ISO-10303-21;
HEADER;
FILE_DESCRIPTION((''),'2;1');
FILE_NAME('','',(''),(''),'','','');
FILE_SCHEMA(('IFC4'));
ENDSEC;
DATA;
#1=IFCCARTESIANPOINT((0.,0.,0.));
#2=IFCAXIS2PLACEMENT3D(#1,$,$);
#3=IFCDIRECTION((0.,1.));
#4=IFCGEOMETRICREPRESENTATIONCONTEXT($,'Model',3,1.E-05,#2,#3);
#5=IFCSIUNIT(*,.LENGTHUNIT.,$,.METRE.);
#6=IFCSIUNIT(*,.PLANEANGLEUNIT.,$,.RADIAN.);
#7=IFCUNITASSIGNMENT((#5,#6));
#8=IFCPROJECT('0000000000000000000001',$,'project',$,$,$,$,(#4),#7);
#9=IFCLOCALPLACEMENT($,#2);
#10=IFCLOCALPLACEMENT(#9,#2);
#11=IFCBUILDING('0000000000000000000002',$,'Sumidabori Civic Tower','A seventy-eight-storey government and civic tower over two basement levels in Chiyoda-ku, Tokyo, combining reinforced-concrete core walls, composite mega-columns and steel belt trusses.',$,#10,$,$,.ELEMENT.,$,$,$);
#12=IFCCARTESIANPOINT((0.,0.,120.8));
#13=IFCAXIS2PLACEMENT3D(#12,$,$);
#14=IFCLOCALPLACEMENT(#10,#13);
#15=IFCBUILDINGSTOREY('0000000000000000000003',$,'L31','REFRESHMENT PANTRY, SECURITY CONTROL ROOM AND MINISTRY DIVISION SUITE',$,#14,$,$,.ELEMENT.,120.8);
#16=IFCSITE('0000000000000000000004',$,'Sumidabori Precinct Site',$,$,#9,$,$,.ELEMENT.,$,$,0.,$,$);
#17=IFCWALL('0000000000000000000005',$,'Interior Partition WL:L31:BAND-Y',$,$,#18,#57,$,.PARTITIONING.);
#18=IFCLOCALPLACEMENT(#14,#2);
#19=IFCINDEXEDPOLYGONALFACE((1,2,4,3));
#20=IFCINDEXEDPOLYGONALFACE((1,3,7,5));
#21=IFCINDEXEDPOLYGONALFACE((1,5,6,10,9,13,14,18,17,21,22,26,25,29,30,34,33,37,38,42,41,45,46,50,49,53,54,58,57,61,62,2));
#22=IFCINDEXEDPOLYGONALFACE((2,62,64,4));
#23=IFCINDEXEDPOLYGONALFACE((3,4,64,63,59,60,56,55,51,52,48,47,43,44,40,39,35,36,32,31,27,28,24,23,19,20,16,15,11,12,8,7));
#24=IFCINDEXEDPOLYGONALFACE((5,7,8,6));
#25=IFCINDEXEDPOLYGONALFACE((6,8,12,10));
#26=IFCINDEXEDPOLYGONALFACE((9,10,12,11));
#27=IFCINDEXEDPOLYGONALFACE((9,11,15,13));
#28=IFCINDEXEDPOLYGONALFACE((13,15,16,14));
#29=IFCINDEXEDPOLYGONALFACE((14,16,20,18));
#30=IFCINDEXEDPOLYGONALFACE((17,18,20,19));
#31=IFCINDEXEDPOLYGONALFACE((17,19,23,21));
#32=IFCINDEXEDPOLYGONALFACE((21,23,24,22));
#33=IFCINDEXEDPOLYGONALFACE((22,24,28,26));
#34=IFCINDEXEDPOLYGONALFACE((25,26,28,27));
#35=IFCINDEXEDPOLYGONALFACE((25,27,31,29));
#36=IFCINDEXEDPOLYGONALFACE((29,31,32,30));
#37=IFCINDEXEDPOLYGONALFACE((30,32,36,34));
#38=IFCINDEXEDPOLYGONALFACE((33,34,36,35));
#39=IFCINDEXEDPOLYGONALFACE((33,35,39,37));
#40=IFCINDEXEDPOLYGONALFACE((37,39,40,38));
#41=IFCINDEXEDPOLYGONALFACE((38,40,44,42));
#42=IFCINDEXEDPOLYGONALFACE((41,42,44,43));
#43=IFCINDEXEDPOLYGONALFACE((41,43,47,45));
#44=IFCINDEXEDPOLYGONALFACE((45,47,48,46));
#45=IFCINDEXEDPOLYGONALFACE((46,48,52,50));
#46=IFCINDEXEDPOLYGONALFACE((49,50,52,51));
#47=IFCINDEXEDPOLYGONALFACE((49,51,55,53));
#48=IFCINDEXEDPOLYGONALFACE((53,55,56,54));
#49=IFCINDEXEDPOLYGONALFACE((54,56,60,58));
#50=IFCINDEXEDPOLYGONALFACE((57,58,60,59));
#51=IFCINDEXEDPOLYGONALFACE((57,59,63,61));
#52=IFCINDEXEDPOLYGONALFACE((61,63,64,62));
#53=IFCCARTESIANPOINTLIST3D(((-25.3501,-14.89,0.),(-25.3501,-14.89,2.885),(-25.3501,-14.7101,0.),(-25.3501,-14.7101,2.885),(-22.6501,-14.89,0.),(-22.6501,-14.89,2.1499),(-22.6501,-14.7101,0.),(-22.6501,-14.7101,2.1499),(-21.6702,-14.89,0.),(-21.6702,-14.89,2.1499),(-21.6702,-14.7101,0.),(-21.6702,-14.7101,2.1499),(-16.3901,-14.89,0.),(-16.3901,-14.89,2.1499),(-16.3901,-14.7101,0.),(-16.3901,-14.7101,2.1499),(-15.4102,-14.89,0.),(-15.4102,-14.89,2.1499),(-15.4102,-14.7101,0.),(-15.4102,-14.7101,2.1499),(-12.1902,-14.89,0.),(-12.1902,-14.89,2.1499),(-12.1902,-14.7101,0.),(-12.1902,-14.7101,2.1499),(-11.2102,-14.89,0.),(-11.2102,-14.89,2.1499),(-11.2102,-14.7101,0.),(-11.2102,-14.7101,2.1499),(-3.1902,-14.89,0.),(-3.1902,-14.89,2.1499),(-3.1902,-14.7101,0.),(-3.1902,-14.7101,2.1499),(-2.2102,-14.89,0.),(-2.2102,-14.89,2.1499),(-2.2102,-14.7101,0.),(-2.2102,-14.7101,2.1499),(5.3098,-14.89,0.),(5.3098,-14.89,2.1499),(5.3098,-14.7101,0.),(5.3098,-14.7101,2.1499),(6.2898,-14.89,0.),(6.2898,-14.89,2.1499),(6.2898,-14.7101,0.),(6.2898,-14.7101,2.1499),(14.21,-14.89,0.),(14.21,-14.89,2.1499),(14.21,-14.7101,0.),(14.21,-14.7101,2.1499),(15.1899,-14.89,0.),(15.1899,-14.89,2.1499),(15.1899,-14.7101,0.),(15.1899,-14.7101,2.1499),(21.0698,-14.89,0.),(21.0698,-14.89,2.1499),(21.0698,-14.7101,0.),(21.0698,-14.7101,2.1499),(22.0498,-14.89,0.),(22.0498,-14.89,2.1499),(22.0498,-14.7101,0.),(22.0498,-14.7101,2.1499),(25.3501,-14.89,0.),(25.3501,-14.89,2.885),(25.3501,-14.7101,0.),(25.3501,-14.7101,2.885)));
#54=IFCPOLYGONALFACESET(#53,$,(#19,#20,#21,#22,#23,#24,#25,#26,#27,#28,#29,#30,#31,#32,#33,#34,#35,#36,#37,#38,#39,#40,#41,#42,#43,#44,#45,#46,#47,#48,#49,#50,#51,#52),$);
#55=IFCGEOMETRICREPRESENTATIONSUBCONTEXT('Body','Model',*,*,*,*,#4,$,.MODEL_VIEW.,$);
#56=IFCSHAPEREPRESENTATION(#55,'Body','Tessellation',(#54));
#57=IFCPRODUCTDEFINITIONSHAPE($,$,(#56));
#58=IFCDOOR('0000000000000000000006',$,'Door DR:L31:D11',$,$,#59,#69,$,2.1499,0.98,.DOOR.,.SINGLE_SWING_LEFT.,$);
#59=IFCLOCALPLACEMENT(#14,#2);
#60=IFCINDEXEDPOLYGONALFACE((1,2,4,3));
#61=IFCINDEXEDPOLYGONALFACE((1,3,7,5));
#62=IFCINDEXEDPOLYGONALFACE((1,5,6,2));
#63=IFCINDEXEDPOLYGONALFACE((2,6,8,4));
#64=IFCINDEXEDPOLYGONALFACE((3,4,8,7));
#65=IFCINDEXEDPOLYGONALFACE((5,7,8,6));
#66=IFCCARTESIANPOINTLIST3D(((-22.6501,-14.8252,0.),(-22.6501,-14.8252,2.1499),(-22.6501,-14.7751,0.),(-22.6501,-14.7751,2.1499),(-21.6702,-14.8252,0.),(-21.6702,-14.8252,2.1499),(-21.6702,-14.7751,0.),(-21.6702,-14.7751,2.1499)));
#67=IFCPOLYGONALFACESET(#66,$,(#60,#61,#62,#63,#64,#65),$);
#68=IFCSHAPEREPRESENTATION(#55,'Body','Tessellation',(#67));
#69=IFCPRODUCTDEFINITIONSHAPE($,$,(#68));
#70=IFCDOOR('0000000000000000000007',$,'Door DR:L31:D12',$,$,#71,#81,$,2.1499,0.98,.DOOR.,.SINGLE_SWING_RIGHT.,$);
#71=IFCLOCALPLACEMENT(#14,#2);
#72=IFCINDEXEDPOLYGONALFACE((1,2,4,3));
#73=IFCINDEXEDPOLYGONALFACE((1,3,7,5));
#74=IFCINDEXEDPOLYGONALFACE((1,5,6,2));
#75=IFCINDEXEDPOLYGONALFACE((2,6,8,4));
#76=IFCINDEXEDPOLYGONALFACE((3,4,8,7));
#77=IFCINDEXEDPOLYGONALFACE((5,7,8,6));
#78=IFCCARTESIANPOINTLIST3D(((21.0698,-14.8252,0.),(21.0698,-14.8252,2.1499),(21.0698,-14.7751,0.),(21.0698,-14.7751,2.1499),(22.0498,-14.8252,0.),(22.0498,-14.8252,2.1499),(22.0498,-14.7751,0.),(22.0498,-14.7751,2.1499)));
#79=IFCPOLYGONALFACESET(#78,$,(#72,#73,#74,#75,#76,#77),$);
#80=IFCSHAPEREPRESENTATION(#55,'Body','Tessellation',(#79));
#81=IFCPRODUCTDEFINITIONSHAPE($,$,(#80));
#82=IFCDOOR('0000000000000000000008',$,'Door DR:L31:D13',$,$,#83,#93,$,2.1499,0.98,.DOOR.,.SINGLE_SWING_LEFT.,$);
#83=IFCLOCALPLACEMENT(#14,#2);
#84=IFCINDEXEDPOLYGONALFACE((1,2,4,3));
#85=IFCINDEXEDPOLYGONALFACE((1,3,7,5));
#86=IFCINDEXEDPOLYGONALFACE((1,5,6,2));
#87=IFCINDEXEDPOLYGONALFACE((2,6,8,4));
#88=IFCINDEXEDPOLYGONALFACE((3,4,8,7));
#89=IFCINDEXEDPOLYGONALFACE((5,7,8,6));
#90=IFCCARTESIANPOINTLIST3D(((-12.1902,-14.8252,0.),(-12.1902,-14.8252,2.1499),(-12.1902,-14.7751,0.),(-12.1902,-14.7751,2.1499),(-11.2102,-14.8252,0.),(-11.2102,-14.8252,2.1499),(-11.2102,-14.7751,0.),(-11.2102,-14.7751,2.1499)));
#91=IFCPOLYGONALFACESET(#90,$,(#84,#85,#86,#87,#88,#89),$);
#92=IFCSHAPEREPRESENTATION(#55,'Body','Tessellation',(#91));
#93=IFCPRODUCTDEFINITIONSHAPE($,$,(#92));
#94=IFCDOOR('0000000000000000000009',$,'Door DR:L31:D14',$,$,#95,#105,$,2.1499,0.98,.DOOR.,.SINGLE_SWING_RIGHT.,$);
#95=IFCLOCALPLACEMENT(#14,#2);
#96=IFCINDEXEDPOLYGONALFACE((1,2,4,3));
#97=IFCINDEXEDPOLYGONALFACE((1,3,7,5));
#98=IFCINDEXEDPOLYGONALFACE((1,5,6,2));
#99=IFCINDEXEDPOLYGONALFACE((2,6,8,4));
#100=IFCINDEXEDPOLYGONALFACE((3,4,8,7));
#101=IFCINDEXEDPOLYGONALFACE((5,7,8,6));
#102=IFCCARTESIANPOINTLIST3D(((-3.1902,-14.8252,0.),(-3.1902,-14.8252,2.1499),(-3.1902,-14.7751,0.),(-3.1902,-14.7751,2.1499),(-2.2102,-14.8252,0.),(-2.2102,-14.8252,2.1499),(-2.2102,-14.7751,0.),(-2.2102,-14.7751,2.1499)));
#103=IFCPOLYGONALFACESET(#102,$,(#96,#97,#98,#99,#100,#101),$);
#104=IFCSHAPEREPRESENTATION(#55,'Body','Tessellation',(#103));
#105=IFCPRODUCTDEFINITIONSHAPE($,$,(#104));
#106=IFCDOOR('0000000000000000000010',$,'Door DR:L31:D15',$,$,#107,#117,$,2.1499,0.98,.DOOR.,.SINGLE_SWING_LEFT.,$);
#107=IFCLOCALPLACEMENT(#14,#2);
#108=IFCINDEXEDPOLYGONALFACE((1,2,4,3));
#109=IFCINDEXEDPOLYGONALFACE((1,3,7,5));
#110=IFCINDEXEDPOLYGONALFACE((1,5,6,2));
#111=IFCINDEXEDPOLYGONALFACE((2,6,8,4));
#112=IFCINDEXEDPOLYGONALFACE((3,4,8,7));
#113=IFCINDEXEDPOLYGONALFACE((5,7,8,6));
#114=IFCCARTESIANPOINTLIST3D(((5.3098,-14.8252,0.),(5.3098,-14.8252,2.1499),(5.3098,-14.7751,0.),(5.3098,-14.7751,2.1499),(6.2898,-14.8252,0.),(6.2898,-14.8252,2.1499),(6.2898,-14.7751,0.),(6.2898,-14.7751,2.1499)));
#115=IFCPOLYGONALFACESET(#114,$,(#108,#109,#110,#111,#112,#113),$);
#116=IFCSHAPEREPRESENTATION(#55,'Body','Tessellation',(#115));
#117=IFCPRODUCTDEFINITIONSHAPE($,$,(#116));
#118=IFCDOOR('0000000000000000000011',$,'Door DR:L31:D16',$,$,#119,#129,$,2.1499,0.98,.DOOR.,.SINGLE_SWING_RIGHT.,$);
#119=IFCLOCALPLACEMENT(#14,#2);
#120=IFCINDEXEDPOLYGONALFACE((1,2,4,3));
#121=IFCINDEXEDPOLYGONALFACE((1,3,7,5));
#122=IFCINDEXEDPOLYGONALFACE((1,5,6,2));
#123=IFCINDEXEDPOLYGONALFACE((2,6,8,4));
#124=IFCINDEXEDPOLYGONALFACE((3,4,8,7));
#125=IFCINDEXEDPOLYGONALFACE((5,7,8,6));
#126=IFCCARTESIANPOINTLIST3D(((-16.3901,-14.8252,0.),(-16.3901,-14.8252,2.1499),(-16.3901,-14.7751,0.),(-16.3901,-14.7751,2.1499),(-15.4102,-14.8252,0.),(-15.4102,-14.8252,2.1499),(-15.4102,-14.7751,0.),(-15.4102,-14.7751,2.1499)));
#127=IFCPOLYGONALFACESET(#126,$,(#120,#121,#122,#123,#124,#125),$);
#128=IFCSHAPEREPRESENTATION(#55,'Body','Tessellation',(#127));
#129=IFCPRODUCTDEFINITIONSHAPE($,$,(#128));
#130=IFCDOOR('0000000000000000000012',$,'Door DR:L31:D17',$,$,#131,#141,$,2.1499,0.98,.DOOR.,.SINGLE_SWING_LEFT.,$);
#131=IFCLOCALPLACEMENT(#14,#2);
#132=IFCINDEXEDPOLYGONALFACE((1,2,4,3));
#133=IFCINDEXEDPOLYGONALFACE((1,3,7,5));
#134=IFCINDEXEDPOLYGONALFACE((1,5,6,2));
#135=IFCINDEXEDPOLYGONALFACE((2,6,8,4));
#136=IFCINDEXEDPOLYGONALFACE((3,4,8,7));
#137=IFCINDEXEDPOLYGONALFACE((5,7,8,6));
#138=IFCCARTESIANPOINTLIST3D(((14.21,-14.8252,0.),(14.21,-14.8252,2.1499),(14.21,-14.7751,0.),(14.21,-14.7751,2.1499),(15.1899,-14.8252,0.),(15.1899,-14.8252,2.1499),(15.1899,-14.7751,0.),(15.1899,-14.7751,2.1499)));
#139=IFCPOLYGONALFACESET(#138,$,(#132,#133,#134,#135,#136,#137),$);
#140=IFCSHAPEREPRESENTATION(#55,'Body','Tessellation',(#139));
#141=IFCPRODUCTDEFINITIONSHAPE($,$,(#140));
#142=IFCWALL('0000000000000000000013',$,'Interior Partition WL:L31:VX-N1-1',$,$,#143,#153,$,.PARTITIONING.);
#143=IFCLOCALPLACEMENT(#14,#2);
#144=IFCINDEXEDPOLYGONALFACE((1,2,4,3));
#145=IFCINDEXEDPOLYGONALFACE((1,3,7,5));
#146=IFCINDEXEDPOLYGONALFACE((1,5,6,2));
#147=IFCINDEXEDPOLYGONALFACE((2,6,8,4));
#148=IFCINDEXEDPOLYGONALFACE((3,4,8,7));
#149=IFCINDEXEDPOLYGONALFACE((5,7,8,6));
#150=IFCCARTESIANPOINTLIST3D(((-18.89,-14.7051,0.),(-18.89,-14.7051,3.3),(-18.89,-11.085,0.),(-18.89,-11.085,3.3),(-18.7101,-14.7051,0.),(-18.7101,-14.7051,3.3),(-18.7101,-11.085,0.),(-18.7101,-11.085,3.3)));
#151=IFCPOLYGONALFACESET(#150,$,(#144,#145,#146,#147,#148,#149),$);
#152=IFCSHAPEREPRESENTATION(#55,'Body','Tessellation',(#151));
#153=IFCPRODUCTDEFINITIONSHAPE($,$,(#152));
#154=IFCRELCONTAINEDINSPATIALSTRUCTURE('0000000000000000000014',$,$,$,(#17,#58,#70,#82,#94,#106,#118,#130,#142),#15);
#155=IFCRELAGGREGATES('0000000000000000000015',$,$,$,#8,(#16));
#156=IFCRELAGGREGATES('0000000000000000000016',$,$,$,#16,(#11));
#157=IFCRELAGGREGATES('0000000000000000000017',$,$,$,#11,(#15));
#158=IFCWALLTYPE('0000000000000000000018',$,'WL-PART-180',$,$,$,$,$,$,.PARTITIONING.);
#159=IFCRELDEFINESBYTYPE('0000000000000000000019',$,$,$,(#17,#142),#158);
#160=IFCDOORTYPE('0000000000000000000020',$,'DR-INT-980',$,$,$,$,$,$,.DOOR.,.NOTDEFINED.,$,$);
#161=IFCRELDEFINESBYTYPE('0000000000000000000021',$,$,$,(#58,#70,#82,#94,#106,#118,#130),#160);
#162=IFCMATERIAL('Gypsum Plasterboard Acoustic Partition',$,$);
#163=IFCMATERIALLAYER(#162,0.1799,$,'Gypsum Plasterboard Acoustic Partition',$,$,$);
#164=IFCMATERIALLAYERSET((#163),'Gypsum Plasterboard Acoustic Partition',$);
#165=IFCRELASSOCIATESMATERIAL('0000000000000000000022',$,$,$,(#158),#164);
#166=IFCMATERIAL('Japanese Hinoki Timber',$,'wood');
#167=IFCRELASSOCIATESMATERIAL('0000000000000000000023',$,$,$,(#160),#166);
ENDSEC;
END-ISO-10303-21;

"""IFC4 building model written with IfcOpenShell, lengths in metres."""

from ifc_helpers import new_model, si_unit, direction, frame, frame_2d, origin, place, context, subcontext, project, spatial, rectangle, extrude, source, transform, mapped, material, layer, layer_set, type_object, element, fill, save


model = new_model("IFC4")

# Units and contexts
model_context = context("Model", 3, precision=1e-05, world=origin(), true_north=direction((0.0, 1.0)))
body_context = subcontext(model_context, "Body", "Model", "MODEL_VIEW")
ifc_project = project(units=[si_unit("LENGTHUNIT", "METRE"), si_unit("PLANEANGLEUNIT", "RADIAN")], contexts=[model_context])

# Site, building, storey
site_placement = place(None, origin())
site = spatial("IfcSite", under=ifc_project, at=site_placement, Name="Sumidabori Precinct Site", CompositionType="ELEMENT", RefElevation=0.0)
building_placement = place(site_placement, origin())
building = spatial("IfcBuilding", under=site, at=building_placement, Name="Sumidabori Civic Tower", Description="A seventy-eight-storey government and civic tower over two basement levels in Chiyoda-ku, Tokyo, combining reinforced-concrete core walls, composite mega-columns and steel belt trusses.", CompositionType="ELEMENT")
storey_placement = place(building_placement, frame((0.0, 0.0, 120.8)))
storey = spatial("IfcBuildingStorey", under=building, at=storey_placement, Name="L31", Description="REFRESHMENT PANTRY, SECURITY CONTROL ROOM AND MINISTRY DIVISION SUITE", CompositionType="ELEMENT", Elevation=120.8)

# Wall, openings, doors
ifc_material_1 = material(Name="Gypsum Plasterboard Acoustic Partition")
ifc_layer_1 = layer(ifc_material_1, 0.1799, Name="Gypsum Plasterboard Acoustic Partition")
ifc_layer_set_1 = layer_set([ifc_layer_1], Name="Gypsum Plasterboard Acoustic Partition")
wall_type_1 = type_object("IfcWallType", Name="WL-PART-180", PredefinedType="PARTITIONING", material=ifc_layer_set_1)
shared_shape_1 = source(origin(), body_context, "Body", "SweptSolid", [
    extrude(rectangle(XDim=50.7002, YDim=0.1799, at=frame_2d((25.3501, 0.0))), origin(), (0.0, 0.0, 1.0), 2.885),
])
wall_1_placement = place(storey_placement, frame((-25.3501, -14.8, 0.0), z_axis=(0.0, 0.0, 1.0), x_axis=(1.0, 0.0, 0.0)))
wall_1 = element("IfcWall", 1, at=wall_1_placement, inside=storey, type_object=wall_type_1, Name="Interior Partition WL:L31:BAND-Y", PredefinedType="PARTITIONING", context=body_context, shape_type="MappedRepresentation", body=[
    mapped(shared_shape_1, transform((0.0, 0.0, 0.0), x_axis=(1.0, 0.0, 0.0), y_axis=(0.0, 1.0, 0.0), z_axis=(0.0, 0.0, 1.0), scale=1.0)),
])
opening_1_placement = place(wall_1_placement, frame((2.7, 0.0, 0.0)))
opening_1 = element("IfcOpeningElement", 2, at=opening_1_placement, cuts=wall_1, PredefinedType="OPENING", context=body_context, shape_type="SweptSolid", body=[
    extrude(rectangle(XDim=0.98, YDim=2.1499, at=frame_2d((0.49, 1.075))), frame((0.0, 0.1021, 0.0), z_axis=(0.0, -1.0, 0.0), x_axis=(1.0, 0.0, 0.0)), (0.0, 0.0, 1.0), 0.2039),
])
opening_2_placement = place(wall_1_placement, frame((46.4199, 0.0, 0.0)))
opening_2 = element("IfcOpeningElement", 3, at=opening_2_placement, cuts=wall_1, PredefinedType="OPENING", context=body_context, shape_type="SweptSolid", body=[
    extrude(rectangle(XDim=0.98, YDim=2.1499, at=frame_2d((0.49, 1.075))), frame((0.0, 0.1021, 0.0), z_axis=(0.0, -1.0, 0.0), x_axis=(1.0, 0.0, 0.0)), (0.0, 0.0, 1.0), 0.2039),
])
opening_3_placement = place(wall_1_placement, frame((13.1599, 0.0, 0.0)))
opening_3 = element("IfcOpeningElement", 4, at=opening_3_placement, cuts=wall_1, PredefinedType="OPENING", context=body_context, shape_type="SweptSolid", body=[
    extrude(rectangle(XDim=0.98, YDim=2.1499, at=frame_2d((0.49, 1.075))), frame((0.0, 0.1021, 0.0), z_axis=(0.0, -1.0, 0.0), x_axis=(1.0, 0.0, 0.0)), (0.0, 0.0, 1.0), 0.2039),
])
opening_4_placement = place(wall_1_placement, frame((22.1599, 0.0, 0.0)))
opening_4 = element("IfcOpeningElement", 5, at=opening_4_placement, cuts=wall_1, PredefinedType="OPENING", context=body_context, shape_type="SweptSolid", body=[
    extrude(rectangle(XDim=0.98, YDim=2.1499, at=frame_2d((0.49, 1.075))), frame((0.0, 0.1021, 0.0), z_axis=(0.0, -1.0, 0.0), x_axis=(1.0, 0.0, 0.0)), (0.0, 0.0, 1.0), 0.2039),
])
opening_5_placement = place(wall_1_placement, frame((30.6599, 0.0, 0.0)))
opening_5 = element("IfcOpeningElement", 6, at=opening_5_placement, cuts=wall_1, PredefinedType="OPENING", context=body_context, shape_type="SweptSolid", body=[
    extrude(rectangle(XDim=0.98, YDim=2.1499, at=frame_2d((0.49, 1.075))), frame((0.0, 0.1021, 0.0), z_axis=(0.0, -1.0, 0.0), x_axis=(1.0, 0.0, 0.0)), (0.0, 0.0, 1.0), 0.2039),
])
opening_6_placement = place(wall_1_placement, frame((8.96, 0.0, 0.0)))
opening_6 = element("IfcOpeningElement", 7, at=opening_6_placement, cuts=wall_1, PredefinedType="OPENING", context=body_context, shape_type="SweptSolid", body=[
    extrude(rectangle(XDim=0.98, YDim=2.1499, at=frame_2d((0.49, 1.075))), frame((0.0, 0.1021, 0.0), z_axis=(0.0, -1.0, 0.0), x_axis=(1.0, 0.0, 0.0)), (0.0, 0.0, 1.0), 0.2039),
])
opening_7_placement = place(wall_1_placement, frame((39.5601, 0.0, 0.0)))
opening_7 = element("IfcOpeningElement", 8, at=opening_7_placement, cuts=wall_1, PredefinedType="OPENING", context=body_context, shape_type="SweptSolid", body=[
    extrude(rectangle(XDim=0.98, YDim=2.1499, at=frame_2d((0.49, 1.075))), frame((0.0, 0.1021, 0.0), z_axis=(0.0, -1.0, 0.0), x_axis=(1.0, 0.0, 0.0)), (0.0, 0.0, 1.0), 0.2039),
])
ifc_material_2 = material(Name="Japanese Hinoki Timber", Category="wood")
door_type = type_object("IfcDoorType", Name="DR-INT-980", OperationType="NOTDEFINED", PredefinedType="DOOR", material=ifc_material_2)
shared_shape_2 = source(origin(), body_context, "Body", "SweptSolid", [
    extrude(rectangle(XDim=0.98, YDim=2.1499, at=frame_2d((0.49, 1.075))), frame((0.0, 0.0249, 0.0), z_axis=(0.0, -1.0, 0.0), x_axis=(1.0, 0.0, 0.0)), (0.0, 0.0, 1.0), 0.05),
])
door_1_placement = place(opening_1_placement, origin())
door_1 = element("IfcDoor", 9, at=door_1_placement, inside=storey, type_object=door_type, Name="Door DR:L31:D11", OperationType="SINGLE_SWING_LEFT", OverallHeight=2.1499, OverallWidth=0.98, PredefinedType="DOOR", context=body_context, shape_type="MappedRepresentation", body=[
    mapped(shared_shape_2, transform((0.0, 0.0, 0.0), x_axis=(1.0, 0.0, 0.0), y_axis=(0.0, 1.0, 0.0), z_axis=(0.0, 0.0, 1.0), scale=1.0)),
])
fill(opening_1, door_1)
door_2_placement = place(opening_2_placement, origin())
door_2 = element("IfcDoor", 10, at=door_2_placement, inside=storey, type_object=door_type, Name="Door DR:L31:D12", OperationType="SINGLE_SWING_RIGHT", OverallHeight=2.1499, OverallWidth=0.98, PredefinedType="DOOR", context=body_context, shape_type="MappedRepresentation", body=[
    mapped(shared_shape_2, transform((0.0, 0.0, 0.0), x_axis=(1.0, 0.0, 0.0), y_axis=(0.0, 1.0, 0.0), z_axis=(0.0, 0.0, 1.0), scale=1.0)),
])
fill(opening_2, door_2)
door_3_placement = place(opening_3_placement, origin())
door_3 = element("IfcDoor", 11, at=door_3_placement, inside=storey, type_object=door_type, Name="Door DR:L31:D13", OperationType="SINGLE_SWING_LEFT", OverallHeight=2.1499, OverallWidth=0.98, PredefinedType="DOOR", context=body_context, shape_type="MappedRepresentation", body=[
    mapped(shared_shape_2, transform((0.0, 0.0, 0.0), x_axis=(1.0, 0.0, 0.0), y_axis=(0.0, 1.0, 0.0), z_axis=(0.0, 0.0, 1.0), scale=1.0)),
])
fill(opening_3, door_3)
door_4_placement = place(opening_4_placement, origin())
door_4 = element("IfcDoor", 12, at=door_4_placement, inside=storey, type_object=door_type, Name="Door DR:L31:D14", OperationType="SINGLE_SWING_RIGHT", OverallHeight=2.1499, OverallWidth=0.98, PredefinedType="DOOR", context=body_context, shape_type="MappedRepresentation", body=[
    mapped(shared_shape_2, transform((0.0, 0.0, 0.0), x_axis=(1.0, 0.0, 0.0), y_axis=(0.0, 1.0, 0.0), z_axis=(0.0, 0.0, 1.0), scale=1.0)),
])
fill(opening_4, door_4)
door_5_placement = place(opening_5_placement, origin())
door_5 = element("IfcDoor", 13, at=door_5_placement, inside=storey, type_object=door_type, Name="Door DR:L31:D15", OperationType="SINGLE_SWING_LEFT", OverallHeight=2.1499, OverallWidth=0.98, PredefinedType="DOOR", context=body_context, shape_type="MappedRepresentation", body=[
    mapped(shared_shape_2, transform((0.0, 0.0, 0.0), x_axis=(1.0, 0.0, 0.0), y_axis=(0.0, 1.0, 0.0), z_axis=(0.0, 0.0, 1.0), scale=1.0)),
])
fill(opening_5, door_5)
door_6_placement = place(opening_6_placement, origin())
door_6 = element("IfcDoor", 14, at=door_6_placement, inside=storey, type_object=door_type, Name="Door DR:L31:D16", OperationType="SINGLE_SWING_RIGHT", OverallHeight=2.1499, OverallWidth=0.98, PredefinedType="DOOR", context=body_context, shape_type="MappedRepresentation", body=[
    mapped(shared_shape_2, transform((0.0, 0.0, 0.0), x_axis=(1.0, 0.0, 0.0), y_axis=(0.0, 1.0, 0.0), z_axis=(0.0, 0.0, 1.0), scale=1.0)),
])
fill(opening_6, door_6)
door_7_placement = place(opening_7_placement, origin())
door_7 = element("IfcDoor", 15, at=door_7_placement, inside=storey, type_object=door_type, Name="Door DR:L31:D17", OperationType="SINGLE_SWING_LEFT", OverallHeight=2.1499, OverallWidth=0.98, PredefinedType="DOOR", context=body_context, shape_type="MappedRepresentation", body=[
    mapped(shared_shape_2, transform((0.0, 0.0, 0.0), x_axis=(1.0, 0.0, 0.0), y_axis=(0.0, 1.0, 0.0), z_axis=(0.0, 0.0, 1.0), scale=1.0)),
])
fill(opening_7, door_7)

# Wall
shared_shape_3 = source(origin(), body_context, "Body", "SweptSolid", [
    extrude(rectangle(XDim=3.6201, YDim=0.1799, at=frame_2d((1.8101, 0.0))), origin(), (0.0, 0.0, 1.0), 3.3),
])
wall_2_placement = place(storey_placement, frame((-18.8, -14.7051, 0.0), z_axis=(0.0, 0.0, 1.0), x_axis=(0.0, 1.0, 0.0)))
element("IfcWall", 16, at=wall_2_placement, inside=storey, type_object=wall_type_1, Name="Interior Partition WL:L31:VX-N1-1", PredefinedType="PARTITIONING", context=body_context, shape_type="MappedRepresentation", body=[
    mapped(shared_shape_3, transform((0.0, 0.0, 0.0), x_axis=(1.0, 0.0, 0.0), y_axis=(0.0, 1.0, 0.0), z_axis=(0.0, 0.0, 1.0), scale=1.0)),
])

save(model, "model.ifc")
